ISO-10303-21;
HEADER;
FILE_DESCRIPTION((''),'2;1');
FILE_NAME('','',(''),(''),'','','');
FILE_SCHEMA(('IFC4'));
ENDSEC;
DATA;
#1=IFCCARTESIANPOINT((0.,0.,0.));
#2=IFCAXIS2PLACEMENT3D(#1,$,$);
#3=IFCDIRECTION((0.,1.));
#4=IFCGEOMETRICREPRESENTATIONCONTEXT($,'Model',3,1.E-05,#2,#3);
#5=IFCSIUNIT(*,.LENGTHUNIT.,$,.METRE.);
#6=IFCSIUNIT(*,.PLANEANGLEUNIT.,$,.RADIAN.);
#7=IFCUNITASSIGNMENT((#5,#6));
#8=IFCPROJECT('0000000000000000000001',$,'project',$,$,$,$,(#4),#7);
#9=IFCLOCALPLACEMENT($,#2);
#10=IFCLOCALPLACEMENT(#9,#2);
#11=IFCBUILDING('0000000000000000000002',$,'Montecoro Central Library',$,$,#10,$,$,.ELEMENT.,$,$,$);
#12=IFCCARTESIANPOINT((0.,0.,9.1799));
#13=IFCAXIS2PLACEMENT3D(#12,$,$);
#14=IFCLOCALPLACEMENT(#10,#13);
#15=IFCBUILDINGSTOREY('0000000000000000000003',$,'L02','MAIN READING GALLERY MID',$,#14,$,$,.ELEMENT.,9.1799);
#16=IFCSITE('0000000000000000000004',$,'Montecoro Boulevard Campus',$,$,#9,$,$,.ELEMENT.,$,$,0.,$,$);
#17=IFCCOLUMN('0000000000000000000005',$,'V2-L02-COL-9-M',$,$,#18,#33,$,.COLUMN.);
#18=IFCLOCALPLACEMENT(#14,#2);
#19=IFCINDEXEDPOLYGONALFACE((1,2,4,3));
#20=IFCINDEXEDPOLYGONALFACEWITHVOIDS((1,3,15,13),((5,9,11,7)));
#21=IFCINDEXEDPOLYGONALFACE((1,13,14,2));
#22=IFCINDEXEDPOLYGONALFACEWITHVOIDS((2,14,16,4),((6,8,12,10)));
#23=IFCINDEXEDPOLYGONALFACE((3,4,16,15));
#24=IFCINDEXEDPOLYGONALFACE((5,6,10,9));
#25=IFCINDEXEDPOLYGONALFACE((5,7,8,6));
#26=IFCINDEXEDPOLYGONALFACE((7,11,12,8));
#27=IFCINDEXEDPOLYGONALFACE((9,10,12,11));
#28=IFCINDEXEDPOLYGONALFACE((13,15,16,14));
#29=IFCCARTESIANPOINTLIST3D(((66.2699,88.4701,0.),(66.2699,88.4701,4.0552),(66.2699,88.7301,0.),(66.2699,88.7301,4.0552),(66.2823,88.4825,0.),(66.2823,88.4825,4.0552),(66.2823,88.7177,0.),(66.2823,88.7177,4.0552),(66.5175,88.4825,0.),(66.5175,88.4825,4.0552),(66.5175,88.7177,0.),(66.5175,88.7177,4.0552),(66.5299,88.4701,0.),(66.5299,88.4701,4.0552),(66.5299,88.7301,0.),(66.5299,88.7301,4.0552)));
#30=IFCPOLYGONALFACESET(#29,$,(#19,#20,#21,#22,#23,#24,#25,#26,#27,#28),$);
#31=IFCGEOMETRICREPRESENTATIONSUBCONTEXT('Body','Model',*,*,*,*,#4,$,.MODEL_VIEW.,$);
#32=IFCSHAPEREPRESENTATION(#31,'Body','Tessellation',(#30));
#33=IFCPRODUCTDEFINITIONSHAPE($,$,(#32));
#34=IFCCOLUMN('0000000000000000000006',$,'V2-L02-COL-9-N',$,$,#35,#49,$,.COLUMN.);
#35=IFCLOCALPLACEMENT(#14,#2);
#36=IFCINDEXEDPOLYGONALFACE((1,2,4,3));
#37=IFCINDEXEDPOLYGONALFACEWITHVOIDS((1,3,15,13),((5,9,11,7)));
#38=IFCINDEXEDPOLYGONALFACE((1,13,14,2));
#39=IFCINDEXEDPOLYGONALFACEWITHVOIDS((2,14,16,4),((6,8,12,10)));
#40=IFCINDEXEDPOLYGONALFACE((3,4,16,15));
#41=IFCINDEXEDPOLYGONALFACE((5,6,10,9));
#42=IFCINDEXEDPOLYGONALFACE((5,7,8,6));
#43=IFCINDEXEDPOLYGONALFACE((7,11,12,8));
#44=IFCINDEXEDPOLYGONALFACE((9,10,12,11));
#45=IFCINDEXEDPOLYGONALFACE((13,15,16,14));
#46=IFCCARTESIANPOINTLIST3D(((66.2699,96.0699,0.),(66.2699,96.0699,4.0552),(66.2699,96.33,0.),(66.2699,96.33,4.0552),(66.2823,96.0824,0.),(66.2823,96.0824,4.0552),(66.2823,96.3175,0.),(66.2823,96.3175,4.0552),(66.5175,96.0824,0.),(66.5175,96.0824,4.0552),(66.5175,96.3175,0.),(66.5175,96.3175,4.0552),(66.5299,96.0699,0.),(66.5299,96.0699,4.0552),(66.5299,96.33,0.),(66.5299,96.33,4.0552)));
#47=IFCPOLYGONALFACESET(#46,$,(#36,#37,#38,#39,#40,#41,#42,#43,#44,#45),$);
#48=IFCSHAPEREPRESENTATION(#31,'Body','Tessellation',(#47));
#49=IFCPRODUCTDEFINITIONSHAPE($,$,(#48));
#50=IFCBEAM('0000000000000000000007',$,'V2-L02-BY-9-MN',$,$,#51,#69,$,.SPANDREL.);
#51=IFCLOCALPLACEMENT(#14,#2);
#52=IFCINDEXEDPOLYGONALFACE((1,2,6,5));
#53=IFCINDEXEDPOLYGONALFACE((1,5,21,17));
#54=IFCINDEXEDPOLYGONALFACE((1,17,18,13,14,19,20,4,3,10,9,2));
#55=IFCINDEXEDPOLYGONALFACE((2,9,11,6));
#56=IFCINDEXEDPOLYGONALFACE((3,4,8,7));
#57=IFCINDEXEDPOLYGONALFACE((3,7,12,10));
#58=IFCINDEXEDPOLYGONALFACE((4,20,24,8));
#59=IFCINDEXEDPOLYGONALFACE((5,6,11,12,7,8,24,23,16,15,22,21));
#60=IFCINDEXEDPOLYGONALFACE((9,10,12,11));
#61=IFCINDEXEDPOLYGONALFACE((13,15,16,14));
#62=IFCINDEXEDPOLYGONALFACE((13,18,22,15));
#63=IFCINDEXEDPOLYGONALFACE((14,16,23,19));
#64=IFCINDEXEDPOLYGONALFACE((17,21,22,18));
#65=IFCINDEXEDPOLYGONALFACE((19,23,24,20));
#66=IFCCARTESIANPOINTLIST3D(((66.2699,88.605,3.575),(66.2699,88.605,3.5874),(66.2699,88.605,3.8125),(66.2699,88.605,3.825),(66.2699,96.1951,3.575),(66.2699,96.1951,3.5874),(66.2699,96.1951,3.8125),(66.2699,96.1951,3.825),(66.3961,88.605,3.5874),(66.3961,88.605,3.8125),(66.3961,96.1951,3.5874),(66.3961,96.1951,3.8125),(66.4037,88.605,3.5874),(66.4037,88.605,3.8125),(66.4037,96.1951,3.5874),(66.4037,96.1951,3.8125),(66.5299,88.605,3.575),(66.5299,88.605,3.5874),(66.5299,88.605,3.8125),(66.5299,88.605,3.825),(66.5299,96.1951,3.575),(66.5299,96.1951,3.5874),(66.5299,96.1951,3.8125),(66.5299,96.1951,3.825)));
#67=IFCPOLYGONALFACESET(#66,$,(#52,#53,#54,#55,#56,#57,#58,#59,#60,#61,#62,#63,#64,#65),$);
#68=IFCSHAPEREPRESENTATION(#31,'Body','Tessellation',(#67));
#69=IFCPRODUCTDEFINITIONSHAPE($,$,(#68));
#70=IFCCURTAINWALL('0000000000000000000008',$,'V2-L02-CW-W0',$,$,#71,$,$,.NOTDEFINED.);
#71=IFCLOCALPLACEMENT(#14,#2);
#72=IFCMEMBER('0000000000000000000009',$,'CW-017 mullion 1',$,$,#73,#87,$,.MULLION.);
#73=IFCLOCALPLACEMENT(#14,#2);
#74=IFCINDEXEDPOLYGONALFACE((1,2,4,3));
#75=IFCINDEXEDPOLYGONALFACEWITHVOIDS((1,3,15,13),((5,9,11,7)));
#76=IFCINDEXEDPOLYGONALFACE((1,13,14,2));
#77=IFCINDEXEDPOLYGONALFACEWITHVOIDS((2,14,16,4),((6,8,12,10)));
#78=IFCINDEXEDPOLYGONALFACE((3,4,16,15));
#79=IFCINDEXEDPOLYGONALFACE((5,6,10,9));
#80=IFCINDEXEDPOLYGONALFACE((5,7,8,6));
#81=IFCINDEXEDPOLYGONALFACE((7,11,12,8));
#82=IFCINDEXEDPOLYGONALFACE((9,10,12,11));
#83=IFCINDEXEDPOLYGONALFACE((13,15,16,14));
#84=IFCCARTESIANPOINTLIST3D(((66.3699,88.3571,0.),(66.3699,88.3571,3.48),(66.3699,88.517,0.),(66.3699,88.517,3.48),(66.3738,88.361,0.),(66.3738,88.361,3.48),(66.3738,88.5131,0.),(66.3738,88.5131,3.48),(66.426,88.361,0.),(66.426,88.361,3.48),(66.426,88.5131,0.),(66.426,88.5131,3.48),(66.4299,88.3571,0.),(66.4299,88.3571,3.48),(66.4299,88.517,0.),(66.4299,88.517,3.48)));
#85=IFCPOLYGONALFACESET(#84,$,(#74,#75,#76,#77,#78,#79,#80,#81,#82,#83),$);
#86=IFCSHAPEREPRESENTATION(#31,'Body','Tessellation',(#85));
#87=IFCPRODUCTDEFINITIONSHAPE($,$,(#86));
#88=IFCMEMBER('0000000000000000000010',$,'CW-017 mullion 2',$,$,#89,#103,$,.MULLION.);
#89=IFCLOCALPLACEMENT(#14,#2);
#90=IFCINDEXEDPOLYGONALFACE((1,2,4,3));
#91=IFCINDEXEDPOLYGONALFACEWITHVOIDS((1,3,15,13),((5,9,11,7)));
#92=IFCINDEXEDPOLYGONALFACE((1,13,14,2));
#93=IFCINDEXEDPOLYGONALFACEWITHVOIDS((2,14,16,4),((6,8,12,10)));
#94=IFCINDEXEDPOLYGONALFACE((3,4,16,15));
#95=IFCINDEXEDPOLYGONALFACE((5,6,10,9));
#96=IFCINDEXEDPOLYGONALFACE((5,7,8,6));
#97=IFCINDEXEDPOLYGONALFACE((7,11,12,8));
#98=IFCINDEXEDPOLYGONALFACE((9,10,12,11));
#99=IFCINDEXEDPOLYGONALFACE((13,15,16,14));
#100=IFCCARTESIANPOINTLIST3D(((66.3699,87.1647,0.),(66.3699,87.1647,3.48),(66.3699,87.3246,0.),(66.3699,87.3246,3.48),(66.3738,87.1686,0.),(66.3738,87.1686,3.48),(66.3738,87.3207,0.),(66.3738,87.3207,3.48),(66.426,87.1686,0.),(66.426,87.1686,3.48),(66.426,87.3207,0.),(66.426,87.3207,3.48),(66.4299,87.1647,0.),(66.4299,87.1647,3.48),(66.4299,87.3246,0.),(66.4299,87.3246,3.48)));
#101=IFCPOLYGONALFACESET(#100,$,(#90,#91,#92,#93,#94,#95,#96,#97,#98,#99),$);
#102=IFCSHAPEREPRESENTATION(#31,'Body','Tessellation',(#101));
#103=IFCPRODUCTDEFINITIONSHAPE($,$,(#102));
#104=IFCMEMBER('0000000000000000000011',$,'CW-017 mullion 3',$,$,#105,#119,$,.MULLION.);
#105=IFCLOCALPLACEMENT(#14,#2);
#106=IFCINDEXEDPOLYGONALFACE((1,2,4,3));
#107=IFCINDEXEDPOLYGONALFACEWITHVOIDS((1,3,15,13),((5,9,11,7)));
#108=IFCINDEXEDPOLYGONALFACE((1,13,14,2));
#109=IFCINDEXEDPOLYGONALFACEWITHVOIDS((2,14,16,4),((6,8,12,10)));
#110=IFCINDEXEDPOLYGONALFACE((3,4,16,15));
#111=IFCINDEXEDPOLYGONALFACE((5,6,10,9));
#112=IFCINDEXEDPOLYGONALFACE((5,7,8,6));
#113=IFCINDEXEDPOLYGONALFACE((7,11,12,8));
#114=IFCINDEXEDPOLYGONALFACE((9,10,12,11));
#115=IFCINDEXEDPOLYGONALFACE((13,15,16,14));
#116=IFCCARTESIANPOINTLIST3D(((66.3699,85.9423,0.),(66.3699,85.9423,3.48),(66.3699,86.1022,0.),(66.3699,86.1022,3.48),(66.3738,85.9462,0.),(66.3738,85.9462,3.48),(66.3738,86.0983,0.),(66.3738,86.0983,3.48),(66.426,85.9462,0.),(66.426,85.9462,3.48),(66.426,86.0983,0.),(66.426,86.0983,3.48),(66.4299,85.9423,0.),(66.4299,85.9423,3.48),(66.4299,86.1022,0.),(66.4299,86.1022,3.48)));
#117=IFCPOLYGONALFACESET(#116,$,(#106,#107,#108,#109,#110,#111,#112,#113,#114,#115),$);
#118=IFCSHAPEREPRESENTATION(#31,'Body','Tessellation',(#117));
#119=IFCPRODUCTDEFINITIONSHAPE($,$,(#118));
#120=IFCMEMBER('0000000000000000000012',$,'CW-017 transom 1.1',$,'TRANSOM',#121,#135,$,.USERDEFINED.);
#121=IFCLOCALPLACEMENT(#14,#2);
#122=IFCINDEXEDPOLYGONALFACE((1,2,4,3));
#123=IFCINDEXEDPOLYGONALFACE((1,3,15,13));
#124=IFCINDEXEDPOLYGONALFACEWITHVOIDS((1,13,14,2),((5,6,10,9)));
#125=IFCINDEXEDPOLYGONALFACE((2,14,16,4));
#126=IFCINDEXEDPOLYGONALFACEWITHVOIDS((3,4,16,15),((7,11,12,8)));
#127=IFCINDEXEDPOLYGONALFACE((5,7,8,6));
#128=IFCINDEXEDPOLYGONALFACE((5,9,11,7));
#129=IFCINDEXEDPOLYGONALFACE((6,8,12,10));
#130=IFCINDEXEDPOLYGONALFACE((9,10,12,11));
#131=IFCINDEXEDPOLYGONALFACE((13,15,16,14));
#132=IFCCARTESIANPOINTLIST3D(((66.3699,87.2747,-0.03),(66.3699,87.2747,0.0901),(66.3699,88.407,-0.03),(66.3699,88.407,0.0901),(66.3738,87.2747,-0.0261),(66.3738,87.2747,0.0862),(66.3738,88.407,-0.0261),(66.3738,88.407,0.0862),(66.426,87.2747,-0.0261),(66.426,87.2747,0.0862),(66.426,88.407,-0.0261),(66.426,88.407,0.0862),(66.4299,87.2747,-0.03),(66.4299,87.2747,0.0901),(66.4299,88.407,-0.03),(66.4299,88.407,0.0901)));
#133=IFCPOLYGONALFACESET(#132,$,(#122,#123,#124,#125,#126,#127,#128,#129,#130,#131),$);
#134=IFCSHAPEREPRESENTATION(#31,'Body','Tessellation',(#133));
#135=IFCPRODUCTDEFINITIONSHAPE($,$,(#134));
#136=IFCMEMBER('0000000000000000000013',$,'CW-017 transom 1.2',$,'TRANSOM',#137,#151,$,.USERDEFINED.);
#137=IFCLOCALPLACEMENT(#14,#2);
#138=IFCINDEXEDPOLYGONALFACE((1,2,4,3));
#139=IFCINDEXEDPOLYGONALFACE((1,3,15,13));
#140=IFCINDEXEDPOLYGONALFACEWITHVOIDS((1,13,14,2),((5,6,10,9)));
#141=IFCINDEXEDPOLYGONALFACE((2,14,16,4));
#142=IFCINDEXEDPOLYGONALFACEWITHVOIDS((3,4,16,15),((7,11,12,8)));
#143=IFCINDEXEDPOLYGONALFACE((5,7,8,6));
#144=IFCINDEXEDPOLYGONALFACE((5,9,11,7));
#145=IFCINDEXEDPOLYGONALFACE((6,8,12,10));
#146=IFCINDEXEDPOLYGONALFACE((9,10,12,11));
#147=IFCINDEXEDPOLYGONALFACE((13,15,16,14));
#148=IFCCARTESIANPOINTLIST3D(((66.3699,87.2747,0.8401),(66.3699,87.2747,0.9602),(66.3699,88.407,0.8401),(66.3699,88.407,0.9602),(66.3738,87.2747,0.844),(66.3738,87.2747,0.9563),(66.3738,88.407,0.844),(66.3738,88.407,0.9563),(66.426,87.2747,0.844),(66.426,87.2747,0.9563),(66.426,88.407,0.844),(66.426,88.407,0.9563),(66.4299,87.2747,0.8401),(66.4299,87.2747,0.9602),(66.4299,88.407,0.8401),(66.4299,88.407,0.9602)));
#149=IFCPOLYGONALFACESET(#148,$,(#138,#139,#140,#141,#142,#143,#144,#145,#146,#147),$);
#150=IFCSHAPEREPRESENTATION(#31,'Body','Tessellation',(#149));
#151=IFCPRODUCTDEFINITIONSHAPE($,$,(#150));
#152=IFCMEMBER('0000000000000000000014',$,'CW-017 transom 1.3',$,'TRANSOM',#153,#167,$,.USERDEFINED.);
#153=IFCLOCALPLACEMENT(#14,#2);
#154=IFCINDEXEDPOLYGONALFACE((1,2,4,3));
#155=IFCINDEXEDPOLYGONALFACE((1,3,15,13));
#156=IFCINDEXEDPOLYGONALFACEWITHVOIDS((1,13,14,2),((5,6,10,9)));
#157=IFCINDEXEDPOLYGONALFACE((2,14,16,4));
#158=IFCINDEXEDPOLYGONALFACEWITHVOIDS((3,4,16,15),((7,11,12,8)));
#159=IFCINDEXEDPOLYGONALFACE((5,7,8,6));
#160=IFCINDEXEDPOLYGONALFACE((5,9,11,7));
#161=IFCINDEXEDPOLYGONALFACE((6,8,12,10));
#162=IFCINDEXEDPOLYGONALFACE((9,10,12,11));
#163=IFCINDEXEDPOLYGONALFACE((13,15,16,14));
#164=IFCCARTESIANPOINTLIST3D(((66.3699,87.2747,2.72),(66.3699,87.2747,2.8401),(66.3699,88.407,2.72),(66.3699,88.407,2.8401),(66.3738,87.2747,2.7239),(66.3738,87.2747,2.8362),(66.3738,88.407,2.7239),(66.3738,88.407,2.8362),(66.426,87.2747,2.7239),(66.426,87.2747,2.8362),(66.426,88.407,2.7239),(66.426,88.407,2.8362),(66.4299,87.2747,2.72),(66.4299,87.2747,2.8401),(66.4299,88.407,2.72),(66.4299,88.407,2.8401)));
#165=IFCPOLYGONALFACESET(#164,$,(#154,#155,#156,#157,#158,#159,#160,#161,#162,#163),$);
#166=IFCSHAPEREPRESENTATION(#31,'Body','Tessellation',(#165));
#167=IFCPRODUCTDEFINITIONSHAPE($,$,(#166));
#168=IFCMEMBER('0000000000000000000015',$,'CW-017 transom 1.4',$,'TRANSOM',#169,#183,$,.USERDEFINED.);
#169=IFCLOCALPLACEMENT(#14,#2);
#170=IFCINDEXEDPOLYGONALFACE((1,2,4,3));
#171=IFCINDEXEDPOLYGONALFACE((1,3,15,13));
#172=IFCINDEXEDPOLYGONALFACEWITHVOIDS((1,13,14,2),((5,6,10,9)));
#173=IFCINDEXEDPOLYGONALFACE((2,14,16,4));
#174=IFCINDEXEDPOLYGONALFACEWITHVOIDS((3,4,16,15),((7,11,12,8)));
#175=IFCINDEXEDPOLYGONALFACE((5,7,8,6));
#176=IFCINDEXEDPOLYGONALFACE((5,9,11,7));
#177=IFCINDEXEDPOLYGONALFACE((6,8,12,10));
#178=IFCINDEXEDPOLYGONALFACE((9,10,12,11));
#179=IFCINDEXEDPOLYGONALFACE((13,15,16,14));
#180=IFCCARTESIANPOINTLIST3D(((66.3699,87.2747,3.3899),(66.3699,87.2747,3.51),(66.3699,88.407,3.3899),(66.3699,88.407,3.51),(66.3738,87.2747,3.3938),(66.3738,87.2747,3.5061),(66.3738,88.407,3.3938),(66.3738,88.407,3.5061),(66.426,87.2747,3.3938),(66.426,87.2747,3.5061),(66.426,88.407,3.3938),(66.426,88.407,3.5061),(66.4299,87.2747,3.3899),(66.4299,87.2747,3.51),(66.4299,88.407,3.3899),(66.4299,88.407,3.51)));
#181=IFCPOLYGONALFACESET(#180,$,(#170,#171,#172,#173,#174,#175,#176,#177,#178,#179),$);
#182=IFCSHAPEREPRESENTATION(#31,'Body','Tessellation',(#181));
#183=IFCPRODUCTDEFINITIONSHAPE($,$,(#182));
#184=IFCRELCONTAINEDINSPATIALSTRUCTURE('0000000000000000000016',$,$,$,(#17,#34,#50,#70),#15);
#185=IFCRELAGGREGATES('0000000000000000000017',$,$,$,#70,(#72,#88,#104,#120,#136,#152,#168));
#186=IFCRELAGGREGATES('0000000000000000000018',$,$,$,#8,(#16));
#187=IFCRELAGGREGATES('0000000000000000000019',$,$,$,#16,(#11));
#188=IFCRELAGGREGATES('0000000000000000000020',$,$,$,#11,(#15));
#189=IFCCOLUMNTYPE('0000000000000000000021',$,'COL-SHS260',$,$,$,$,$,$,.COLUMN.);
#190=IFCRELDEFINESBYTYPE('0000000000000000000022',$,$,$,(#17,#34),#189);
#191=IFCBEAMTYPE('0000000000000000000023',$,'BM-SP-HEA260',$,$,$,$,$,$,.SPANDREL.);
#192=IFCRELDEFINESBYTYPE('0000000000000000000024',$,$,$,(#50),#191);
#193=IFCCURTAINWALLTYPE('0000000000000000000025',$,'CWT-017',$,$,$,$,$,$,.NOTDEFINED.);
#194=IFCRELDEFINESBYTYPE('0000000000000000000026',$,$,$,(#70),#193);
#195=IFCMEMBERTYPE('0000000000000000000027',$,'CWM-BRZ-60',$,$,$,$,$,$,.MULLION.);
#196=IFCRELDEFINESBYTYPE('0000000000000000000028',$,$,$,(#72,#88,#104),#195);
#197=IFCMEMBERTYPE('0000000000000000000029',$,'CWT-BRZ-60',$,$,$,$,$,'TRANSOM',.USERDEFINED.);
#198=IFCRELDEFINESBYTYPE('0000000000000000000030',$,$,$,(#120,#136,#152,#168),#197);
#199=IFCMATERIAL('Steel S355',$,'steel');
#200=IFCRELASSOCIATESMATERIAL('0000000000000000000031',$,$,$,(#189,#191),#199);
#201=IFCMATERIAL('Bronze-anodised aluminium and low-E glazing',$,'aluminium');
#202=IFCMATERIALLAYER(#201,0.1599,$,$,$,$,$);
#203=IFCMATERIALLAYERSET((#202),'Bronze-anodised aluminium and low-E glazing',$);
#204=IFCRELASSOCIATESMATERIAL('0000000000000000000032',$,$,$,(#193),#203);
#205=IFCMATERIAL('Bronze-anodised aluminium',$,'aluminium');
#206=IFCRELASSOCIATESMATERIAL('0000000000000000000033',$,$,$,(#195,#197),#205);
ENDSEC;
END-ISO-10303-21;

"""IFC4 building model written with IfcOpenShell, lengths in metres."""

from ifc_helpers import new_model, si_unit, direction, frame, origin, origin_2d, place, context, subcontext, project, spatial, hollow_rectangle, i_section, extrude, material, layer, layer_set, material_profile, profile_set, type_object, element, aggregate, save


model = new_model("IFC4")

# Units and contexts
model_context = context("Model", 3, precision=1e-05, world=origin(), true_north=direction((0.0, 1.0)))
body_context = subcontext(model_context, "Body", "Model", "MODEL_VIEW")
ifc_project = project(units=[si_unit("LENGTHUNIT", "METRE"), si_unit("PLANEANGLEUNIT", "RADIAN")], contexts=[model_context])

# Site, building, storey
site_placement = place(None, origin())
site = spatial("IfcSite", under=ifc_project, at=site_placement, Name="Montecoro Boulevard Campus", CompositionType="ELEMENT", RefElevation=0.0)
building_placement = place(site_placement, origin())
building = spatial("IfcBuilding", under=site, at=building_placement, Name="Montecoro Central Library", CompositionType="ELEMENT")
storey_placement = place(building_placement, frame((0.0, 0.0, 9.1799)))
storey = spatial("IfcBuildingStorey", under=building, at=storey_placement, Name="L02", Description="MAIN READING GALLERY MID", CompositionType="ELEMENT", Elevation=9.1799)

# Columns
ifc_material_1 = material(Name="Steel S355", Category="steel")
ifc_material_profile_1 = material_profile(ifc_material_1, hollow_rectangle(XDim=0.26, YDim=0.26, WallThickness=0.0125, at=origin_2d()), Name="SHS 260x260x12.5")
ifc_profile_set_1 = profile_set([ifc_material_profile_1], Name="Steel S355")
column_type = type_object("IfcColumnType", Name="COL-SHS260", PredefinedType="COLUMN", material=ifc_profile_set_1)
for number, where, z_axis, x_axis, name in (
    (1, (66.3999, 88.6001, 0.0), (0.0, 0.0, 1.0), (1.0, 0.0, 0.0), "V2-L02-COL-9-M"),
    (2, (66.3999, 96.2, 0.0), (0.0, 0.0, 1.0), (1.0, 0.0, 0.0), "V2-L02-COL-9-N"),
):
    element("IfcColumn", number, at=place(storey_placement, frame(where, z_axis=z_axis, x_axis=x_axis)), inside=storey, type_object=column_type, Name=name, PredefinedType="COLUMN", context=body_context, shape_type="SweptSolid", body=[
        extrude(hollow_rectangle(XDim=0.26, YDim=0.26, WallThickness=0.0125, at=origin_2d()), origin(), (0.0, 0.0, 1.0), 4.0552),
    ])

# Beam
ifc_material_profile_2 = material_profile(ifc_material_1, i_section(OverallWidth=0.26, OverallDepth=0.25, WebThickness=0.0076, FlangeThickness=0.0125, at=origin_2d()), Name="HEA 260")
ifc_profile_set_2 = profile_set([ifc_material_profile_2], Name="Steel S355")
beam_type = type_object("IfcBeamType", Name="BM-SP-HEA260", PredefinedType="SPANDREL", material=ifc_profile_set_2)
beam_placement = place(storey_placement, frame((66.3999, 88.605, 3.7), z_axis=(0.0, 1.0, 0.0), x_axis=(-1.0, 0.0, 0.0)))
element("IfcBeam", 3, at=beam_placement, inside=storey, type_object=beam_type, Name="V2-L02-BY-9-MN", PredefinedType="SPANDREL", context=body_context, shape_type="SweptSolid", body=[
    extrude(i_section(OverallWidth=0.26, OverallDepth=0.25, WebThickness=0.0076, FlangeThickness=0.0125, at=origin_2d()), origin(), (0.0, 0.0, 1.0), 7.5901),
])

# Curtain wall, members
ifc_material_2 = material(Name="Bronze-anodised aluminium and low-E glazing", Category="aluminium")
ifc_layer_1 = layer(ifc_material_2, 0.1599)
ifc_layer_set_1 = layer_set([ifc_layer_1], Name="Bronze-anodised aluminium and low-E glazing")
curtain_wall_type = type_object("IfcCurtainWallType", Name="CWT-017", PredefinedType="NOTDEFINED", material=ifc_layer_set_1)
curtain_wall_placement = place(storey_placement, origin())
curtain_wall = element("IfcCurtainWall", 4, at=curtain_wall_placement, inside=storey, type_object=curtain_wall_type, Name="V2-L02-CW-W0", PredefinedType="NOTDEFINED")
ifc_material_3 = material(Name="Bronze-anodised aluminium", Category="aluminium")
ifc_material_profile_3 = material_profile(ifc_material_3, hollow_rectangle(XDim=0.0601, YDim=0.1599, WallThickness=0.0039, at=origin_2d()), Name="CWM 160x60x4.0")
ifc_profile_set_3 = profile_set([ifc_material_profile_3], Name="Bronze-anodised aluminium")
member_type_1 = type_object("IfcMemberType", Name="CWM-BRZ-60", PredefinedType="MULLION", material=ifc_profile_set_3)
member_1_placement = place(storey_placement, frame((66.3999, 88.437, 0.0), z_axis=(0.0, 0.0, 1.0), x_axis=(1.0, 0.0, 0.0)))
member_1 = element("IfcMember", 5, at=member_1_placement, type_object=member_type_1, Name="CW-017 mullion 1", PredefinedType="MULLION", context=body_context, shape_type="SweptSolid", body=[
    extrude(hollow_rectangle(XDim=0.0601, YDim=0.1599, WallThickness=0.0039, at=origin_2d()), origin(), (0.0, 0.0, 1.0), 3.48),
])
member_2_placement = place(storey_placement, frame((66.3999, 87.2446, 0.0), z_axis=(0.0, 0.0, 1.0), x_axis=(1.0, 0.0, 0.0)))
member_2 = element("IfcMember", 6, at=member_2_placement, type_object=member_type_1, Name="CW-017 mullion 2", PredefinedType="MULLION", context=body_context, shape_type="SweptSolid", body=[
    extrude(hollow_rectangle(XDim=0.0601, YDim=0.1599, WallThickness=0.0039, at=origin_2d()), origin(), (0.0, 0.0, 1.0), 3.48),
])
member_3_placement = place(storey_placement, frame((66.3999, 86.0222, 0.0), z_axis=(0.0, 0.0, 1.0), x_axis=(1.0, 0.0, 0.0)))
member_3 = element("IfcMember", 7, at=member_3_placement, type_object=member_type_1, Name="CW-017 mullion 3", PredefinedType="MULLION", context=body_context, shape_type="SweptSolid", body=[
    extrude(hollow_rectangle(XDim=0.0601, YDim=0.1599, WallThickness=0.0039, at=origin_2d()), origin(), (0.0, 0.0, 1.0), 3.48),
])
ifc_material_profile_4 = material_profile(ifc_material_3, hollow_rectangle(XDim=0.0601, YDim=0.1201, WallThickness=0.0039, at=origin_2d()), Name="CWT 120x60x4.0")
ifc_profile_set_4 = profile_set([ifc_material_profile_4], Name="Bronze-anodised aluminium")
member_type_2 = type_object("IfcMemberType", Name="CWT-BRZ-60", ElementType="TRANSOM", PredefinedType="USERDEFINED", material=ifc_profile_set_4)
member_4_placement = place(storey_placement, frame((66.3999, 88.407, 0.03), z_axis=(0.0, -1.0, 0.0), x_axis=(1.0, 0.0, 0.0)))
member_4 = element("IfcMember", 8, at=member_4_placement, type_object=member_type_2, Name="CW-017 transom 1.1", ObjectType="TRANSOM", PredefinedType="USERDEFINED", context=body_context, shape_type="SweptSolid", body=[
    extrude(hollow_rectangle(XDim=0.0601, YDim=0.1201, WallThickness=0.0039, at=origin_2d()), origin(), (0.0, 0.0, 1.0), 1.1323),
])
member_5_placement = place(storey_placement, frame((66.3999, 88.407, 0.9001), z_axis=(0.0, -1.0, 0.0), x_axis=(1.0, 0.0, 0.0)))
member_5 = element("IfcMember", 9, at=member_5_placement, type_object=member_type_2, Name="CW-017 transom 1.2", ObjectType="TRANSOM", PredefinedType="USERDEFINED", context=body_context, shape_type="SweptSolid", body=[
    extrude(hollow_rectangle(XDim=0.0601, YDim=0.1201, WallThickness=0.0039, at=origin_2d()), origin(), (0.0, 0.0, 1.0), 1.1323),
])
member_6_placement = place(storey_placement, frame((66.3999, 88.407, 2.78), z_axis=(0.0, -1.0, 0.0), x_axis=(1.0, 0.0, 0.0)))
member_6 = element("IfcMember", 10, at=member_6_placement, type_object=member_type_2, Name="CW-017 transom 1.3", ObjectType="TRANSOM", PredefinedType="USERDEFINED", context=body_context, shape_type="SweptSolid", body=[
    extrude(hollow_rectangle(XDim=0.0601, YDim=0.1201, WallThickness=0.0039, at=origin_2d()), origin(), (0.0, 0.0, 1.0), 1.1323),
])
member_7_placement = place(storey_placement, frame((66.3999, 88.407, 3.45), z_axis=(0.0, -1.0, 0.0), x_axis=(1.0, 0.0, 0.0)))
member_7 = element("IfcMember", 11, at=member_7_placement, type_object=member_type_2, Name="CW-017 transom 1.4", ObjectType="TRANSOM", PredefinedType="USERDEFINED", context=body_context, shape_type="SweptSolid", body=[
    extrude(hollow_rectangle(XDim=0.0601, YDim=0.1201, WallThickness=0.0039, at=origin_2d()), origin(), (0.0, 0.0, 1.0), 1.1323),
])
aggregate(curtain_wall, [member_1, member_2, member_3, member_4, member_5, member_6, member_7])

save(model, "model.ifc")
